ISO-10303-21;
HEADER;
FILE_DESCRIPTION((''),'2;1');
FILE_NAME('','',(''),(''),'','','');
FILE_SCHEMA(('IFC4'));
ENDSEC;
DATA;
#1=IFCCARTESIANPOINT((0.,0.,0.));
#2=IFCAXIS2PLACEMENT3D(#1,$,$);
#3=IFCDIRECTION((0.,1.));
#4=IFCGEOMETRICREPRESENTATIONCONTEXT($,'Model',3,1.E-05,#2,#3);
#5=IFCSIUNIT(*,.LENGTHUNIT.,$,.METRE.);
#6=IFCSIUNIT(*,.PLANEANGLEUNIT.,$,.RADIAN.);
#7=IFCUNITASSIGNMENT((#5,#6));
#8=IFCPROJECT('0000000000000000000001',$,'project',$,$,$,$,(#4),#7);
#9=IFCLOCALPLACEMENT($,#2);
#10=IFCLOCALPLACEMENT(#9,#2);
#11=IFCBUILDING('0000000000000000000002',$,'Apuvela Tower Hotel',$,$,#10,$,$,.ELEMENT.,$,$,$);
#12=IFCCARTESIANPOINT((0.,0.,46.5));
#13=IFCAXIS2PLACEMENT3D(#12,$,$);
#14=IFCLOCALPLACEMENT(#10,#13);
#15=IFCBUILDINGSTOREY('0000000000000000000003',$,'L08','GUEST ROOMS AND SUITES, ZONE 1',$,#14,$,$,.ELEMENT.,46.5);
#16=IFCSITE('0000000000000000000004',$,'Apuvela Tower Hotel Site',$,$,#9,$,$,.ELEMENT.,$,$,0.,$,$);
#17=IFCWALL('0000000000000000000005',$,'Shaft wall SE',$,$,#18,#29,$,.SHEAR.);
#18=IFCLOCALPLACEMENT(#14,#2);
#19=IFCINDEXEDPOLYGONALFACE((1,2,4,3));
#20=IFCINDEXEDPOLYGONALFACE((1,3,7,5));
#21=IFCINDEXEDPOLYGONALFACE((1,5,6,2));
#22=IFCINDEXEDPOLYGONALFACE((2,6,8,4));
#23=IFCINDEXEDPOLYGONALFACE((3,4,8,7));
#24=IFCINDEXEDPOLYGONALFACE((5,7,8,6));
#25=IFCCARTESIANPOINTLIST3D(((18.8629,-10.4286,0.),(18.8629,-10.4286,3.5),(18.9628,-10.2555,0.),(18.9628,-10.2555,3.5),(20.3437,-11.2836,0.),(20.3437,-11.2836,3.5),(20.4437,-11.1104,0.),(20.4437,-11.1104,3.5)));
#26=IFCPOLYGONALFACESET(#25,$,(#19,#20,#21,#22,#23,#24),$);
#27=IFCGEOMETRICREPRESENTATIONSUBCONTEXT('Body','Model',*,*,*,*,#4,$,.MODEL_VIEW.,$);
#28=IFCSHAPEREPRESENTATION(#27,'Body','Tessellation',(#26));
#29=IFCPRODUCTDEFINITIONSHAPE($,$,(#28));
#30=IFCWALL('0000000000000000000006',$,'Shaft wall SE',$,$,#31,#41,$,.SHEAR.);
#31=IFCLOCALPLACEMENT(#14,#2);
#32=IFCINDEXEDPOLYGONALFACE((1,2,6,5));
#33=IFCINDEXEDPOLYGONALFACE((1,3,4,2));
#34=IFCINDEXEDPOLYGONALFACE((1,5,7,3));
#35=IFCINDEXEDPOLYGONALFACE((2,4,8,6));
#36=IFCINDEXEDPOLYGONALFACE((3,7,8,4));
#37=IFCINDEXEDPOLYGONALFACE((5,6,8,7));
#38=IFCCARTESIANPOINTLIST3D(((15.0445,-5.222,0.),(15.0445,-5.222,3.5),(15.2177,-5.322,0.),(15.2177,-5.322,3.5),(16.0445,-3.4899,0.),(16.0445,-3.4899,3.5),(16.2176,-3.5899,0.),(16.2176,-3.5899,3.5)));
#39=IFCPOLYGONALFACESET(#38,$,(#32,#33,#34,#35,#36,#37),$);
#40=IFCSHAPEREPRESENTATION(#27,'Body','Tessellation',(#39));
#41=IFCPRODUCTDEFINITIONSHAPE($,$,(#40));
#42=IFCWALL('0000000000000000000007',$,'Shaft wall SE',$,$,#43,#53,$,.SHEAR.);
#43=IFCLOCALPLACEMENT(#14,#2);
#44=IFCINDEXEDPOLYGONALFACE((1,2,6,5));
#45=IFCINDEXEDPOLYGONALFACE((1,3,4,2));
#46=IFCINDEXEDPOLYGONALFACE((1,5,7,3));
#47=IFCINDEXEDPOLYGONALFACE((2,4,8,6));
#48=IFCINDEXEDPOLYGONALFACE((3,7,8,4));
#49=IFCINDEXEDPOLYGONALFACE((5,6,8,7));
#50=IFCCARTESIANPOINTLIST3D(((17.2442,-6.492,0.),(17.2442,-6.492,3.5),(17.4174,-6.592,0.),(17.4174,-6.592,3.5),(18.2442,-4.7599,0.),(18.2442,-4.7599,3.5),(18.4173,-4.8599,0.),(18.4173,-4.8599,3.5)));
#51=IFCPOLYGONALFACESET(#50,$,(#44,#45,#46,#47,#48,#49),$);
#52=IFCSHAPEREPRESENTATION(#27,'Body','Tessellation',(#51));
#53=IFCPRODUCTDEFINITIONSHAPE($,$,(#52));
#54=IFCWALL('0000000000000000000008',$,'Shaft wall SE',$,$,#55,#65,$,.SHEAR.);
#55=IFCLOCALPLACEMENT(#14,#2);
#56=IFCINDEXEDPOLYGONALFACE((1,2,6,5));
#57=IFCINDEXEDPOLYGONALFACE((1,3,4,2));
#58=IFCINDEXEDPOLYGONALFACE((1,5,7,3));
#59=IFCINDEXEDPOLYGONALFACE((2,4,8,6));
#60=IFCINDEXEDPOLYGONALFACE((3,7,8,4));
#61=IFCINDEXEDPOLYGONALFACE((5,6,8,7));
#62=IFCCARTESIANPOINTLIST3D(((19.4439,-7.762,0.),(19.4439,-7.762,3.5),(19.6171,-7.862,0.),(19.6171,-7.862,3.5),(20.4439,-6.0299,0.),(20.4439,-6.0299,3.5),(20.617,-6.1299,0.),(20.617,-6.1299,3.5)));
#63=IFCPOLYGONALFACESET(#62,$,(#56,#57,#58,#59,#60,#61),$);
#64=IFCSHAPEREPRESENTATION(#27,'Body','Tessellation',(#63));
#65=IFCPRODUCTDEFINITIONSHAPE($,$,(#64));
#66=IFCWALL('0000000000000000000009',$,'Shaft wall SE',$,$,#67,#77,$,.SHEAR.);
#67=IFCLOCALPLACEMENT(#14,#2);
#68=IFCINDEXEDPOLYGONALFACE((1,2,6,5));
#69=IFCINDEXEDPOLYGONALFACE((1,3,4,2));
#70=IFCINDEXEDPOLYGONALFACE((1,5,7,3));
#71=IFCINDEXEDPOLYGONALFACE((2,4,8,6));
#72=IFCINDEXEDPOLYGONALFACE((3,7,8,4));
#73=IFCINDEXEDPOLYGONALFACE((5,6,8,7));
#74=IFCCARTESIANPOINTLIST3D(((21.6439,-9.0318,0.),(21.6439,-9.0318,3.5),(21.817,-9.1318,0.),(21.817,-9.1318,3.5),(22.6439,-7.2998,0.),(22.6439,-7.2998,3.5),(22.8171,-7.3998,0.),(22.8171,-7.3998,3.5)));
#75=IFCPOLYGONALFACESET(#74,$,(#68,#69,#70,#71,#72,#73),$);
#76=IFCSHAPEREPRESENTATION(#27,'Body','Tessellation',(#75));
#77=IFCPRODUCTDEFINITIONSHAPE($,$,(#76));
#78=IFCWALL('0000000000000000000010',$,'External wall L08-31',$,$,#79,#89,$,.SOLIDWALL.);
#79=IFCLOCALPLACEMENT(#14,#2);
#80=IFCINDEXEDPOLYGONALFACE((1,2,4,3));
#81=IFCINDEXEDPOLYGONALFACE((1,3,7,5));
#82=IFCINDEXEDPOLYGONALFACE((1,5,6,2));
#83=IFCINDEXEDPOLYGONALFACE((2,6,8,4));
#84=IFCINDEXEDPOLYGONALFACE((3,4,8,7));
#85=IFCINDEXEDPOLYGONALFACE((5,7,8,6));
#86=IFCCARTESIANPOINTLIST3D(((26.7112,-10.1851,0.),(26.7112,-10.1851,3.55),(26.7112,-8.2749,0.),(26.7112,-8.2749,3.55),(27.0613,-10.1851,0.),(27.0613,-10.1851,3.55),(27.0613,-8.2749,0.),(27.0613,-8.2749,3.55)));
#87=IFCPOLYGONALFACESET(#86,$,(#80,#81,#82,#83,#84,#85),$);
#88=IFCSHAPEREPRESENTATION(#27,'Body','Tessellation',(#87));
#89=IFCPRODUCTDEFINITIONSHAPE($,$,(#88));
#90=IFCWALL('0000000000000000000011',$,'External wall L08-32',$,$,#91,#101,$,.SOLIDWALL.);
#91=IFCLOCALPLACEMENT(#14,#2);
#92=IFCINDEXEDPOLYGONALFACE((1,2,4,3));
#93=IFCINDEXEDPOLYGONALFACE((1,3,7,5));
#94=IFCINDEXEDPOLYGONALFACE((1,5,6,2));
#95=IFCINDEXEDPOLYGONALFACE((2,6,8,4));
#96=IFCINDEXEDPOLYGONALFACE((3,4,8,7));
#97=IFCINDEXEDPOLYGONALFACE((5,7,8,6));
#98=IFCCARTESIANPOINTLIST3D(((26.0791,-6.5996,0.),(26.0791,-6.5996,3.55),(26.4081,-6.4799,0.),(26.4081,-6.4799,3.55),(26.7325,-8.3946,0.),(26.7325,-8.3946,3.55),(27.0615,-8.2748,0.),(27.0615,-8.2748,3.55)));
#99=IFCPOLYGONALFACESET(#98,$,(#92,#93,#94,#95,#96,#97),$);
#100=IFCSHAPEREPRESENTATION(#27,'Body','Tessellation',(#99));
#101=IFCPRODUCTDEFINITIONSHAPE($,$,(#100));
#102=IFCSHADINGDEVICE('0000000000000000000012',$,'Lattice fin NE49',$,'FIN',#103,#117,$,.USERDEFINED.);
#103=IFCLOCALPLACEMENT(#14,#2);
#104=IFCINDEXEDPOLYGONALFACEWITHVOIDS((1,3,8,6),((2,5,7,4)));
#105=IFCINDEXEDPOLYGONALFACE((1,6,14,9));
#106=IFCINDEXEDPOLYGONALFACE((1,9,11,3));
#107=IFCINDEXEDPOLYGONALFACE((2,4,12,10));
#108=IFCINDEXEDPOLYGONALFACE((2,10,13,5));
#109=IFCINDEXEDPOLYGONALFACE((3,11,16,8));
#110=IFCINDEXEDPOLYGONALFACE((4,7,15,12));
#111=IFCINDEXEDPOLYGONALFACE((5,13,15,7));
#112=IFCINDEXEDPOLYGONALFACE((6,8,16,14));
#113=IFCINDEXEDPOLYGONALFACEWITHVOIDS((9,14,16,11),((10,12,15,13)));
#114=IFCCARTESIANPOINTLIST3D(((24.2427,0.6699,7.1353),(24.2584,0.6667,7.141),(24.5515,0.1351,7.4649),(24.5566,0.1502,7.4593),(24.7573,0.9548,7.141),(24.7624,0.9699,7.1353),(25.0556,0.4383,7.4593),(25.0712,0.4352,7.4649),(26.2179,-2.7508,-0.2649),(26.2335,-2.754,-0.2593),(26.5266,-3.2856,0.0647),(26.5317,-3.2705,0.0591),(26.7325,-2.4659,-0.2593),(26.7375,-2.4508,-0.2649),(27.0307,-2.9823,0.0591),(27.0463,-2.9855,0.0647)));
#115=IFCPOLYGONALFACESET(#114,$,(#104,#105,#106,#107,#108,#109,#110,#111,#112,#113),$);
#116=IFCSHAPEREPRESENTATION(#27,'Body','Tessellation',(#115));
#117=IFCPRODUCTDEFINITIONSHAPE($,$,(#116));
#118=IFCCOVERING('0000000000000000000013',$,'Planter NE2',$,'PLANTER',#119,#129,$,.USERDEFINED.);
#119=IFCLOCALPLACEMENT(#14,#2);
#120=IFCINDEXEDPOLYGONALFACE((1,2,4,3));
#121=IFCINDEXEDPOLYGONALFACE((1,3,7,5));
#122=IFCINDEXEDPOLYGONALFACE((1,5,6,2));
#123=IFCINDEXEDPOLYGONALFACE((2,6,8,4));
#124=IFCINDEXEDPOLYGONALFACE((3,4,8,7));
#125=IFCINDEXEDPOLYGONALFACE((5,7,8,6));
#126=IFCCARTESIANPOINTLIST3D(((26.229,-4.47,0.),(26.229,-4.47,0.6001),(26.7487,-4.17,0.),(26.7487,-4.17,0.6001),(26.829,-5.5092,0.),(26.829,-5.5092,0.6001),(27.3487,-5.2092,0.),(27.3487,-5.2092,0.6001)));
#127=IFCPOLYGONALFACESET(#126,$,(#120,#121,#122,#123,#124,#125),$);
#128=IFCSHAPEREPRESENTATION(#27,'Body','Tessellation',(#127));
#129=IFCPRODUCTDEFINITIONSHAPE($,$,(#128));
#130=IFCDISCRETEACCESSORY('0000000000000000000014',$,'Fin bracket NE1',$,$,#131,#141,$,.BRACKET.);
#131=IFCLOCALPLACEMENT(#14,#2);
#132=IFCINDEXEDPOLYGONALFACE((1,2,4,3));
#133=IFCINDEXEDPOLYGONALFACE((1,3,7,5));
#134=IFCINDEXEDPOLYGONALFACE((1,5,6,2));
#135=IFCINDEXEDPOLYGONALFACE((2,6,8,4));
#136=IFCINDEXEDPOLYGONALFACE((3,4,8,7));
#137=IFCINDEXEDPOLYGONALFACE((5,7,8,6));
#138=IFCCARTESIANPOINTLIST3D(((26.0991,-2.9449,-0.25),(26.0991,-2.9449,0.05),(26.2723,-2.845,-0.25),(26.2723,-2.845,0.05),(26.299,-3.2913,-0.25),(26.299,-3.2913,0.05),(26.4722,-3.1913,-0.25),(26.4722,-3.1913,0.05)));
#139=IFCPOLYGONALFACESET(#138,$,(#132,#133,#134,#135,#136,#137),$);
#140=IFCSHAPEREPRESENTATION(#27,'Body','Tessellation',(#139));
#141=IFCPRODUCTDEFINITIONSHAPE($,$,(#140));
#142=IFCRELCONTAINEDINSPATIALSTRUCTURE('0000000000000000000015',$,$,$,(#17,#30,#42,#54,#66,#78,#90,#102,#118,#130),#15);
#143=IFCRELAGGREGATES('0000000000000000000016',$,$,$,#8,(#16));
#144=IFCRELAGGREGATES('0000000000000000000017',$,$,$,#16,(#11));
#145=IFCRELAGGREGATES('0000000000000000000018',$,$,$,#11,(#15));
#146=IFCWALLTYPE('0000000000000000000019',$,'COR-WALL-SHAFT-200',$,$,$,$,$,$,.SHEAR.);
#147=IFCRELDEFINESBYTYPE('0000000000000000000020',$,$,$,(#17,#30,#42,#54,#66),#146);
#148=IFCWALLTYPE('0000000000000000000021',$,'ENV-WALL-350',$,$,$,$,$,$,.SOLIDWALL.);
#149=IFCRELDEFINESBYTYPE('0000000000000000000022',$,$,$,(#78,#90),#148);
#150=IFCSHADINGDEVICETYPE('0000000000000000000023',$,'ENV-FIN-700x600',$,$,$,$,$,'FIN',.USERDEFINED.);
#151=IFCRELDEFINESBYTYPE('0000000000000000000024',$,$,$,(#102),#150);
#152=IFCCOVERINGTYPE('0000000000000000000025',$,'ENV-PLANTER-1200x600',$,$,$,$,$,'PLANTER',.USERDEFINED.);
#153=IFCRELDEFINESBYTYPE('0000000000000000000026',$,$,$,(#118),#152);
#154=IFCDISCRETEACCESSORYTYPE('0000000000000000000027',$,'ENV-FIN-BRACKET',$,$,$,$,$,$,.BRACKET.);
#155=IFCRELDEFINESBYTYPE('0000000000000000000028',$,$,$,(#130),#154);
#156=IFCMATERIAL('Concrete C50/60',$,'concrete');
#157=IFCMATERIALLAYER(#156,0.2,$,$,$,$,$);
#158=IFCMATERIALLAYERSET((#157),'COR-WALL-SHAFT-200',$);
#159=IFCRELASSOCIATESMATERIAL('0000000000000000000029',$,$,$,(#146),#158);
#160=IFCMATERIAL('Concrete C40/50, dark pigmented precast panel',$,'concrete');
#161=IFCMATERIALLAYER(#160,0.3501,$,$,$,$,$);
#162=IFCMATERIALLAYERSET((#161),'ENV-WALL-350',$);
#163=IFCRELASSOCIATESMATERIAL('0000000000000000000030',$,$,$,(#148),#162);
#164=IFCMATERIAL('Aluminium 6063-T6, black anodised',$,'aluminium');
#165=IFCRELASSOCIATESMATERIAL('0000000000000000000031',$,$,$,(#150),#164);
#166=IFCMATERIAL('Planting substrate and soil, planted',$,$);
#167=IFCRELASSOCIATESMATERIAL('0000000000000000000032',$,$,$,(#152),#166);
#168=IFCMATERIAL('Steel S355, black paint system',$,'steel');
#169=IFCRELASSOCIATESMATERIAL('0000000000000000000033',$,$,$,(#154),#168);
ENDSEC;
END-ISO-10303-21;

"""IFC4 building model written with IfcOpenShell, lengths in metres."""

from ifc_helpers import new_model, si_unit, direction, frame, frame_2d, origin, origin_2d, place, context, subcontext, project, spatial, rectangle, hollow_rectangle, extrude, material, layer, layer_set, material_profile, profile_set, type_object, element, save


model = new_model("IFC4")

# Units and contexts
model_context = context("Model", 3, precision=1e-05, world=origin(), true_north=direction((0.0, 1.0)))
body_context = subcontext(model_context, "Body", "Model", "MODEL_VIEW")
ifc_project = project(units=[si_unit("LENGTHUNIT", "METRE"), si_unit("PLANEANGLEUNIT", "RADIAN")], contexts=[model_context])

# Site, building, storey
site_placement = place(None, origin())
site = spatial("IfcSite", under=ifc_project, at=site_placement, Name="Apuvela Tower Hotel Site", CompositionType="ELEMENT", RefElevation=0.0)
building_placement = place(site_placement, origin())
building = spatial("IfcBuilding", under=site, at=building_placement, Name="Apuvela Tower Hotel", CompositionType="ELEMENT")
storey_placement = place(building_placement, frame((0.0, 0.0, 46.5)))
storey = spatial("IfcBuildingStorey", under=building, at=storey_placement, Name="L08", Description="GUEST ROOMS AND SUITES, ZONE 1", CompositionType="ELEMENT", Elevation=46.5)

# Walls
ifc_material_1 = material(Name="Concrete C50/60", Category="concrete")
ifc_layer_1 = layer(ifc_material_1, 0.2)
ifc_layer_set_1 = layer_set([ifc_layer_1], Name="COR-WALL-SHAFT-200")
wall_type_1 = type_object("IfcWallType", Name="COR-WALL-SHAFT-200", PredefinedType="SHEAR", material=ifc_layer_set_1)
wall_1_placement = place(storey_placement, frame((18.9128, -10.342, 0.0), z_axis=(0.0, 0.0, 1.0), x_axis=(0.866038, -0.499978, 0.0)))
element("IfcWall", 1, at=wall_1_placement, inside=storey, type_object=wall_type_1, Name="Shaft wall SE", PredefinedType="SHEAR", context=body_context, shape_type="SweptSolid", body=[
    extrude(rectangle(XDim=1.71, YDim=0.2, at=frame_2d((0.855, 0.0))), origin(), (0.0, 0.0, 1.0), 3.5),
])
for number, where, z_axis, x_axis, name in (
    (2, (15.1311, -5.272, 0.0), (0.0, 0.0, 1.0), (0.499973, 0.866041, 0.0), "Shaft wall SE"),
    (3, (17.3308, -6.542, 0.0), (0.0, 0.0, 1.0), (0.499973, 0.866041, 0.0), "Shaft wall SE"),
    (4, (19.5305, -7.812, 0.0), (0.0, 0.0, 1.0), (0.499973, 0.866041, 0.0), "Shaft wall SE"),
    (5, (21.7305, -9.0818, 0.0), (0.0, 0.0, 1.0), (0.500025, 0.866011, 0.0), "Shaft wall SE"),
):
    element("IfcWall", number, at=place(storey_placement, frame(where, z_axis=z_axis, x_axis=x_axis)), inside=storey, type_object=wall_type_1, Name=name, PredefinedType="SHEAR", context=body_context, shape_type="SweptSolid", body=[
        extrude(rectangle(XDim=2.0, YDim=0.2, at=frame_2d((1.0, 0.0))), origin(), (0.0, 0.0, 1.0), 3.5),
    ])
ifc_material_2 = material(Name="Concrete C40/50, dark pigmented precast panel", Category="concrete")
ifc_layer_2 = layer(ifc_material_2, 0.3501)
ifc_layer_set_2 = layer_set([ifc_layer_2], Name="ENV-WALL-350")
wall_type_2 = type_object("IfcWallType", Name="ENV-WALL-350", PredefinedType="SOLIDWALL", material=ifc_layer_set_2)
for number, where, z_axis, x_axis, name in (
    (6, (26.8862, -10.1851, 0.0), (0.0, 0.0, 1.0), (0.0, 1.0, 0.0), "External wall L08-31"),
    (7, (26.897, -8.3347, 0.0), (0.0, 0.0, 1.0), (-0.34203, 0.939689, 0.0), "External wall L08-32"),
):
    element("IfcWall", number, at=place(storey_placement, frame(where, z_axis=z_axis, x_axis=x_axis)), inside=storey, type_object=wall_type_2, Name=name, PredefinedType="SOLIDWALL", context=body_context, shape_type="SweptSolid", body=[
        extrude(rectangle(XDim=1.9102, YDim=0.3501, at=frame_2d((0.9551, 0.0))), origin(), (0.0, 0.0, 1.0), 3.55),
    ])

# Shading device
ifc_material_3 = material(Name="Aluminium 6063-T6, black anodised", Category="aluminium")
ifc_material_profile_1 = material_profile(ifc_material_3, hollow_rectangle(XDim=0.6001, YDim=0.7, WallThickness=0.012, at=origin_2d()), Name="AL BOX 700x600x12")
ifc_profile_set_1 = profile_set([ifc_material_profile_1], Name="Aluminium 6063-T6, black anodised")
shading_device_type = type_object("IfcShadingDeviceType", Name="ENV-FIN-700x600", ElementType="FIN", PredefinedType="USERDEFINED", material=ifc_profile_set_1)
shading_device_placement = place(storey_placement, frame((26.6321, -2.8682, -0.1001), z_axis=(-0.235458, 0.407787, 0.882196), x_axis=(-0.866005, -0.500035, 0.0)))
element("IfcShadingDevice", 8, at=shading_device_placement, inside=storey, type_object=shading_device_type, Name="Lattice fin NE49", ObjectType="FIN", PredefinedType="USERDEFINED", context=body_context, shape_type="SweptSolid", body=[
    extrude(hollow_rectangle(XDim=0.6001, YDim=0.7, WallThickness=0.012, at=origin_2d()), origin(), (0.0, 0.0, 1.0), 8.3884),
])

# Covering
ifc_material_4 = material(Name="Planting substrate and soil, planted")
covering_type = type_object("IfcCoveringType", Name="ENV-PLANTER-1200x600", ElementType="PLANTER", PredefinedType="USERDEFINED", material=ifc_material_4)
covering_placement = place(storey_placement, frame((26.7888, -4.8396, 0.0), z_axis=(0.0, 0.0, 1.0), x_axis=(-0.5, 0.866025, 0.0)))
element("IfcCovering", 9, at=covering_placement, inside=storey, type_object=covering_type, Name="Planter NE2", ObjectType="PLANTER", PredefinedType="USERDEFINED", context=body_context, shape_type="SweptSolid", body=[
    extrude(rectangle(XDim=1.2, YDim=0.6001, at=origin_2d()), origin(), (0.0, 0.0, 1.0), 0.6001),
])

# Discrete accessory
ifc_material_5 = material(Name="Steel S355, black paint system", Category="steel")
discrete_accessory_type = type_object("IfcDiscreteAccessoryType", Name="ENV-FIN-BRACKET", PredefinedType="BRACKET", material=ifc_material_5)
discrete_accessory_placement = place(storey_placement, frame((26.2856, -3.0681, -0.25), z_axis=(0.0, 0.0, 1.0), x_axis=(-0.5, 0.866025, 0.0)))
element("IfcDiscreteAccessory", 10, at=discrete_accessory_placement, inside=storey, type_object=discrete_accessory_type, Name="Fin bracket NE1", PredefinedType="BRACKET", context=body_context, shape_type="SweptSolid", body=[
    extrude(rectangle(XDim=0.3999, YDim=0.2, at=origin_2d()), origin(), (0.0, 0.0, 1.0), 0.3),
])

save(model, "model.ifc")
